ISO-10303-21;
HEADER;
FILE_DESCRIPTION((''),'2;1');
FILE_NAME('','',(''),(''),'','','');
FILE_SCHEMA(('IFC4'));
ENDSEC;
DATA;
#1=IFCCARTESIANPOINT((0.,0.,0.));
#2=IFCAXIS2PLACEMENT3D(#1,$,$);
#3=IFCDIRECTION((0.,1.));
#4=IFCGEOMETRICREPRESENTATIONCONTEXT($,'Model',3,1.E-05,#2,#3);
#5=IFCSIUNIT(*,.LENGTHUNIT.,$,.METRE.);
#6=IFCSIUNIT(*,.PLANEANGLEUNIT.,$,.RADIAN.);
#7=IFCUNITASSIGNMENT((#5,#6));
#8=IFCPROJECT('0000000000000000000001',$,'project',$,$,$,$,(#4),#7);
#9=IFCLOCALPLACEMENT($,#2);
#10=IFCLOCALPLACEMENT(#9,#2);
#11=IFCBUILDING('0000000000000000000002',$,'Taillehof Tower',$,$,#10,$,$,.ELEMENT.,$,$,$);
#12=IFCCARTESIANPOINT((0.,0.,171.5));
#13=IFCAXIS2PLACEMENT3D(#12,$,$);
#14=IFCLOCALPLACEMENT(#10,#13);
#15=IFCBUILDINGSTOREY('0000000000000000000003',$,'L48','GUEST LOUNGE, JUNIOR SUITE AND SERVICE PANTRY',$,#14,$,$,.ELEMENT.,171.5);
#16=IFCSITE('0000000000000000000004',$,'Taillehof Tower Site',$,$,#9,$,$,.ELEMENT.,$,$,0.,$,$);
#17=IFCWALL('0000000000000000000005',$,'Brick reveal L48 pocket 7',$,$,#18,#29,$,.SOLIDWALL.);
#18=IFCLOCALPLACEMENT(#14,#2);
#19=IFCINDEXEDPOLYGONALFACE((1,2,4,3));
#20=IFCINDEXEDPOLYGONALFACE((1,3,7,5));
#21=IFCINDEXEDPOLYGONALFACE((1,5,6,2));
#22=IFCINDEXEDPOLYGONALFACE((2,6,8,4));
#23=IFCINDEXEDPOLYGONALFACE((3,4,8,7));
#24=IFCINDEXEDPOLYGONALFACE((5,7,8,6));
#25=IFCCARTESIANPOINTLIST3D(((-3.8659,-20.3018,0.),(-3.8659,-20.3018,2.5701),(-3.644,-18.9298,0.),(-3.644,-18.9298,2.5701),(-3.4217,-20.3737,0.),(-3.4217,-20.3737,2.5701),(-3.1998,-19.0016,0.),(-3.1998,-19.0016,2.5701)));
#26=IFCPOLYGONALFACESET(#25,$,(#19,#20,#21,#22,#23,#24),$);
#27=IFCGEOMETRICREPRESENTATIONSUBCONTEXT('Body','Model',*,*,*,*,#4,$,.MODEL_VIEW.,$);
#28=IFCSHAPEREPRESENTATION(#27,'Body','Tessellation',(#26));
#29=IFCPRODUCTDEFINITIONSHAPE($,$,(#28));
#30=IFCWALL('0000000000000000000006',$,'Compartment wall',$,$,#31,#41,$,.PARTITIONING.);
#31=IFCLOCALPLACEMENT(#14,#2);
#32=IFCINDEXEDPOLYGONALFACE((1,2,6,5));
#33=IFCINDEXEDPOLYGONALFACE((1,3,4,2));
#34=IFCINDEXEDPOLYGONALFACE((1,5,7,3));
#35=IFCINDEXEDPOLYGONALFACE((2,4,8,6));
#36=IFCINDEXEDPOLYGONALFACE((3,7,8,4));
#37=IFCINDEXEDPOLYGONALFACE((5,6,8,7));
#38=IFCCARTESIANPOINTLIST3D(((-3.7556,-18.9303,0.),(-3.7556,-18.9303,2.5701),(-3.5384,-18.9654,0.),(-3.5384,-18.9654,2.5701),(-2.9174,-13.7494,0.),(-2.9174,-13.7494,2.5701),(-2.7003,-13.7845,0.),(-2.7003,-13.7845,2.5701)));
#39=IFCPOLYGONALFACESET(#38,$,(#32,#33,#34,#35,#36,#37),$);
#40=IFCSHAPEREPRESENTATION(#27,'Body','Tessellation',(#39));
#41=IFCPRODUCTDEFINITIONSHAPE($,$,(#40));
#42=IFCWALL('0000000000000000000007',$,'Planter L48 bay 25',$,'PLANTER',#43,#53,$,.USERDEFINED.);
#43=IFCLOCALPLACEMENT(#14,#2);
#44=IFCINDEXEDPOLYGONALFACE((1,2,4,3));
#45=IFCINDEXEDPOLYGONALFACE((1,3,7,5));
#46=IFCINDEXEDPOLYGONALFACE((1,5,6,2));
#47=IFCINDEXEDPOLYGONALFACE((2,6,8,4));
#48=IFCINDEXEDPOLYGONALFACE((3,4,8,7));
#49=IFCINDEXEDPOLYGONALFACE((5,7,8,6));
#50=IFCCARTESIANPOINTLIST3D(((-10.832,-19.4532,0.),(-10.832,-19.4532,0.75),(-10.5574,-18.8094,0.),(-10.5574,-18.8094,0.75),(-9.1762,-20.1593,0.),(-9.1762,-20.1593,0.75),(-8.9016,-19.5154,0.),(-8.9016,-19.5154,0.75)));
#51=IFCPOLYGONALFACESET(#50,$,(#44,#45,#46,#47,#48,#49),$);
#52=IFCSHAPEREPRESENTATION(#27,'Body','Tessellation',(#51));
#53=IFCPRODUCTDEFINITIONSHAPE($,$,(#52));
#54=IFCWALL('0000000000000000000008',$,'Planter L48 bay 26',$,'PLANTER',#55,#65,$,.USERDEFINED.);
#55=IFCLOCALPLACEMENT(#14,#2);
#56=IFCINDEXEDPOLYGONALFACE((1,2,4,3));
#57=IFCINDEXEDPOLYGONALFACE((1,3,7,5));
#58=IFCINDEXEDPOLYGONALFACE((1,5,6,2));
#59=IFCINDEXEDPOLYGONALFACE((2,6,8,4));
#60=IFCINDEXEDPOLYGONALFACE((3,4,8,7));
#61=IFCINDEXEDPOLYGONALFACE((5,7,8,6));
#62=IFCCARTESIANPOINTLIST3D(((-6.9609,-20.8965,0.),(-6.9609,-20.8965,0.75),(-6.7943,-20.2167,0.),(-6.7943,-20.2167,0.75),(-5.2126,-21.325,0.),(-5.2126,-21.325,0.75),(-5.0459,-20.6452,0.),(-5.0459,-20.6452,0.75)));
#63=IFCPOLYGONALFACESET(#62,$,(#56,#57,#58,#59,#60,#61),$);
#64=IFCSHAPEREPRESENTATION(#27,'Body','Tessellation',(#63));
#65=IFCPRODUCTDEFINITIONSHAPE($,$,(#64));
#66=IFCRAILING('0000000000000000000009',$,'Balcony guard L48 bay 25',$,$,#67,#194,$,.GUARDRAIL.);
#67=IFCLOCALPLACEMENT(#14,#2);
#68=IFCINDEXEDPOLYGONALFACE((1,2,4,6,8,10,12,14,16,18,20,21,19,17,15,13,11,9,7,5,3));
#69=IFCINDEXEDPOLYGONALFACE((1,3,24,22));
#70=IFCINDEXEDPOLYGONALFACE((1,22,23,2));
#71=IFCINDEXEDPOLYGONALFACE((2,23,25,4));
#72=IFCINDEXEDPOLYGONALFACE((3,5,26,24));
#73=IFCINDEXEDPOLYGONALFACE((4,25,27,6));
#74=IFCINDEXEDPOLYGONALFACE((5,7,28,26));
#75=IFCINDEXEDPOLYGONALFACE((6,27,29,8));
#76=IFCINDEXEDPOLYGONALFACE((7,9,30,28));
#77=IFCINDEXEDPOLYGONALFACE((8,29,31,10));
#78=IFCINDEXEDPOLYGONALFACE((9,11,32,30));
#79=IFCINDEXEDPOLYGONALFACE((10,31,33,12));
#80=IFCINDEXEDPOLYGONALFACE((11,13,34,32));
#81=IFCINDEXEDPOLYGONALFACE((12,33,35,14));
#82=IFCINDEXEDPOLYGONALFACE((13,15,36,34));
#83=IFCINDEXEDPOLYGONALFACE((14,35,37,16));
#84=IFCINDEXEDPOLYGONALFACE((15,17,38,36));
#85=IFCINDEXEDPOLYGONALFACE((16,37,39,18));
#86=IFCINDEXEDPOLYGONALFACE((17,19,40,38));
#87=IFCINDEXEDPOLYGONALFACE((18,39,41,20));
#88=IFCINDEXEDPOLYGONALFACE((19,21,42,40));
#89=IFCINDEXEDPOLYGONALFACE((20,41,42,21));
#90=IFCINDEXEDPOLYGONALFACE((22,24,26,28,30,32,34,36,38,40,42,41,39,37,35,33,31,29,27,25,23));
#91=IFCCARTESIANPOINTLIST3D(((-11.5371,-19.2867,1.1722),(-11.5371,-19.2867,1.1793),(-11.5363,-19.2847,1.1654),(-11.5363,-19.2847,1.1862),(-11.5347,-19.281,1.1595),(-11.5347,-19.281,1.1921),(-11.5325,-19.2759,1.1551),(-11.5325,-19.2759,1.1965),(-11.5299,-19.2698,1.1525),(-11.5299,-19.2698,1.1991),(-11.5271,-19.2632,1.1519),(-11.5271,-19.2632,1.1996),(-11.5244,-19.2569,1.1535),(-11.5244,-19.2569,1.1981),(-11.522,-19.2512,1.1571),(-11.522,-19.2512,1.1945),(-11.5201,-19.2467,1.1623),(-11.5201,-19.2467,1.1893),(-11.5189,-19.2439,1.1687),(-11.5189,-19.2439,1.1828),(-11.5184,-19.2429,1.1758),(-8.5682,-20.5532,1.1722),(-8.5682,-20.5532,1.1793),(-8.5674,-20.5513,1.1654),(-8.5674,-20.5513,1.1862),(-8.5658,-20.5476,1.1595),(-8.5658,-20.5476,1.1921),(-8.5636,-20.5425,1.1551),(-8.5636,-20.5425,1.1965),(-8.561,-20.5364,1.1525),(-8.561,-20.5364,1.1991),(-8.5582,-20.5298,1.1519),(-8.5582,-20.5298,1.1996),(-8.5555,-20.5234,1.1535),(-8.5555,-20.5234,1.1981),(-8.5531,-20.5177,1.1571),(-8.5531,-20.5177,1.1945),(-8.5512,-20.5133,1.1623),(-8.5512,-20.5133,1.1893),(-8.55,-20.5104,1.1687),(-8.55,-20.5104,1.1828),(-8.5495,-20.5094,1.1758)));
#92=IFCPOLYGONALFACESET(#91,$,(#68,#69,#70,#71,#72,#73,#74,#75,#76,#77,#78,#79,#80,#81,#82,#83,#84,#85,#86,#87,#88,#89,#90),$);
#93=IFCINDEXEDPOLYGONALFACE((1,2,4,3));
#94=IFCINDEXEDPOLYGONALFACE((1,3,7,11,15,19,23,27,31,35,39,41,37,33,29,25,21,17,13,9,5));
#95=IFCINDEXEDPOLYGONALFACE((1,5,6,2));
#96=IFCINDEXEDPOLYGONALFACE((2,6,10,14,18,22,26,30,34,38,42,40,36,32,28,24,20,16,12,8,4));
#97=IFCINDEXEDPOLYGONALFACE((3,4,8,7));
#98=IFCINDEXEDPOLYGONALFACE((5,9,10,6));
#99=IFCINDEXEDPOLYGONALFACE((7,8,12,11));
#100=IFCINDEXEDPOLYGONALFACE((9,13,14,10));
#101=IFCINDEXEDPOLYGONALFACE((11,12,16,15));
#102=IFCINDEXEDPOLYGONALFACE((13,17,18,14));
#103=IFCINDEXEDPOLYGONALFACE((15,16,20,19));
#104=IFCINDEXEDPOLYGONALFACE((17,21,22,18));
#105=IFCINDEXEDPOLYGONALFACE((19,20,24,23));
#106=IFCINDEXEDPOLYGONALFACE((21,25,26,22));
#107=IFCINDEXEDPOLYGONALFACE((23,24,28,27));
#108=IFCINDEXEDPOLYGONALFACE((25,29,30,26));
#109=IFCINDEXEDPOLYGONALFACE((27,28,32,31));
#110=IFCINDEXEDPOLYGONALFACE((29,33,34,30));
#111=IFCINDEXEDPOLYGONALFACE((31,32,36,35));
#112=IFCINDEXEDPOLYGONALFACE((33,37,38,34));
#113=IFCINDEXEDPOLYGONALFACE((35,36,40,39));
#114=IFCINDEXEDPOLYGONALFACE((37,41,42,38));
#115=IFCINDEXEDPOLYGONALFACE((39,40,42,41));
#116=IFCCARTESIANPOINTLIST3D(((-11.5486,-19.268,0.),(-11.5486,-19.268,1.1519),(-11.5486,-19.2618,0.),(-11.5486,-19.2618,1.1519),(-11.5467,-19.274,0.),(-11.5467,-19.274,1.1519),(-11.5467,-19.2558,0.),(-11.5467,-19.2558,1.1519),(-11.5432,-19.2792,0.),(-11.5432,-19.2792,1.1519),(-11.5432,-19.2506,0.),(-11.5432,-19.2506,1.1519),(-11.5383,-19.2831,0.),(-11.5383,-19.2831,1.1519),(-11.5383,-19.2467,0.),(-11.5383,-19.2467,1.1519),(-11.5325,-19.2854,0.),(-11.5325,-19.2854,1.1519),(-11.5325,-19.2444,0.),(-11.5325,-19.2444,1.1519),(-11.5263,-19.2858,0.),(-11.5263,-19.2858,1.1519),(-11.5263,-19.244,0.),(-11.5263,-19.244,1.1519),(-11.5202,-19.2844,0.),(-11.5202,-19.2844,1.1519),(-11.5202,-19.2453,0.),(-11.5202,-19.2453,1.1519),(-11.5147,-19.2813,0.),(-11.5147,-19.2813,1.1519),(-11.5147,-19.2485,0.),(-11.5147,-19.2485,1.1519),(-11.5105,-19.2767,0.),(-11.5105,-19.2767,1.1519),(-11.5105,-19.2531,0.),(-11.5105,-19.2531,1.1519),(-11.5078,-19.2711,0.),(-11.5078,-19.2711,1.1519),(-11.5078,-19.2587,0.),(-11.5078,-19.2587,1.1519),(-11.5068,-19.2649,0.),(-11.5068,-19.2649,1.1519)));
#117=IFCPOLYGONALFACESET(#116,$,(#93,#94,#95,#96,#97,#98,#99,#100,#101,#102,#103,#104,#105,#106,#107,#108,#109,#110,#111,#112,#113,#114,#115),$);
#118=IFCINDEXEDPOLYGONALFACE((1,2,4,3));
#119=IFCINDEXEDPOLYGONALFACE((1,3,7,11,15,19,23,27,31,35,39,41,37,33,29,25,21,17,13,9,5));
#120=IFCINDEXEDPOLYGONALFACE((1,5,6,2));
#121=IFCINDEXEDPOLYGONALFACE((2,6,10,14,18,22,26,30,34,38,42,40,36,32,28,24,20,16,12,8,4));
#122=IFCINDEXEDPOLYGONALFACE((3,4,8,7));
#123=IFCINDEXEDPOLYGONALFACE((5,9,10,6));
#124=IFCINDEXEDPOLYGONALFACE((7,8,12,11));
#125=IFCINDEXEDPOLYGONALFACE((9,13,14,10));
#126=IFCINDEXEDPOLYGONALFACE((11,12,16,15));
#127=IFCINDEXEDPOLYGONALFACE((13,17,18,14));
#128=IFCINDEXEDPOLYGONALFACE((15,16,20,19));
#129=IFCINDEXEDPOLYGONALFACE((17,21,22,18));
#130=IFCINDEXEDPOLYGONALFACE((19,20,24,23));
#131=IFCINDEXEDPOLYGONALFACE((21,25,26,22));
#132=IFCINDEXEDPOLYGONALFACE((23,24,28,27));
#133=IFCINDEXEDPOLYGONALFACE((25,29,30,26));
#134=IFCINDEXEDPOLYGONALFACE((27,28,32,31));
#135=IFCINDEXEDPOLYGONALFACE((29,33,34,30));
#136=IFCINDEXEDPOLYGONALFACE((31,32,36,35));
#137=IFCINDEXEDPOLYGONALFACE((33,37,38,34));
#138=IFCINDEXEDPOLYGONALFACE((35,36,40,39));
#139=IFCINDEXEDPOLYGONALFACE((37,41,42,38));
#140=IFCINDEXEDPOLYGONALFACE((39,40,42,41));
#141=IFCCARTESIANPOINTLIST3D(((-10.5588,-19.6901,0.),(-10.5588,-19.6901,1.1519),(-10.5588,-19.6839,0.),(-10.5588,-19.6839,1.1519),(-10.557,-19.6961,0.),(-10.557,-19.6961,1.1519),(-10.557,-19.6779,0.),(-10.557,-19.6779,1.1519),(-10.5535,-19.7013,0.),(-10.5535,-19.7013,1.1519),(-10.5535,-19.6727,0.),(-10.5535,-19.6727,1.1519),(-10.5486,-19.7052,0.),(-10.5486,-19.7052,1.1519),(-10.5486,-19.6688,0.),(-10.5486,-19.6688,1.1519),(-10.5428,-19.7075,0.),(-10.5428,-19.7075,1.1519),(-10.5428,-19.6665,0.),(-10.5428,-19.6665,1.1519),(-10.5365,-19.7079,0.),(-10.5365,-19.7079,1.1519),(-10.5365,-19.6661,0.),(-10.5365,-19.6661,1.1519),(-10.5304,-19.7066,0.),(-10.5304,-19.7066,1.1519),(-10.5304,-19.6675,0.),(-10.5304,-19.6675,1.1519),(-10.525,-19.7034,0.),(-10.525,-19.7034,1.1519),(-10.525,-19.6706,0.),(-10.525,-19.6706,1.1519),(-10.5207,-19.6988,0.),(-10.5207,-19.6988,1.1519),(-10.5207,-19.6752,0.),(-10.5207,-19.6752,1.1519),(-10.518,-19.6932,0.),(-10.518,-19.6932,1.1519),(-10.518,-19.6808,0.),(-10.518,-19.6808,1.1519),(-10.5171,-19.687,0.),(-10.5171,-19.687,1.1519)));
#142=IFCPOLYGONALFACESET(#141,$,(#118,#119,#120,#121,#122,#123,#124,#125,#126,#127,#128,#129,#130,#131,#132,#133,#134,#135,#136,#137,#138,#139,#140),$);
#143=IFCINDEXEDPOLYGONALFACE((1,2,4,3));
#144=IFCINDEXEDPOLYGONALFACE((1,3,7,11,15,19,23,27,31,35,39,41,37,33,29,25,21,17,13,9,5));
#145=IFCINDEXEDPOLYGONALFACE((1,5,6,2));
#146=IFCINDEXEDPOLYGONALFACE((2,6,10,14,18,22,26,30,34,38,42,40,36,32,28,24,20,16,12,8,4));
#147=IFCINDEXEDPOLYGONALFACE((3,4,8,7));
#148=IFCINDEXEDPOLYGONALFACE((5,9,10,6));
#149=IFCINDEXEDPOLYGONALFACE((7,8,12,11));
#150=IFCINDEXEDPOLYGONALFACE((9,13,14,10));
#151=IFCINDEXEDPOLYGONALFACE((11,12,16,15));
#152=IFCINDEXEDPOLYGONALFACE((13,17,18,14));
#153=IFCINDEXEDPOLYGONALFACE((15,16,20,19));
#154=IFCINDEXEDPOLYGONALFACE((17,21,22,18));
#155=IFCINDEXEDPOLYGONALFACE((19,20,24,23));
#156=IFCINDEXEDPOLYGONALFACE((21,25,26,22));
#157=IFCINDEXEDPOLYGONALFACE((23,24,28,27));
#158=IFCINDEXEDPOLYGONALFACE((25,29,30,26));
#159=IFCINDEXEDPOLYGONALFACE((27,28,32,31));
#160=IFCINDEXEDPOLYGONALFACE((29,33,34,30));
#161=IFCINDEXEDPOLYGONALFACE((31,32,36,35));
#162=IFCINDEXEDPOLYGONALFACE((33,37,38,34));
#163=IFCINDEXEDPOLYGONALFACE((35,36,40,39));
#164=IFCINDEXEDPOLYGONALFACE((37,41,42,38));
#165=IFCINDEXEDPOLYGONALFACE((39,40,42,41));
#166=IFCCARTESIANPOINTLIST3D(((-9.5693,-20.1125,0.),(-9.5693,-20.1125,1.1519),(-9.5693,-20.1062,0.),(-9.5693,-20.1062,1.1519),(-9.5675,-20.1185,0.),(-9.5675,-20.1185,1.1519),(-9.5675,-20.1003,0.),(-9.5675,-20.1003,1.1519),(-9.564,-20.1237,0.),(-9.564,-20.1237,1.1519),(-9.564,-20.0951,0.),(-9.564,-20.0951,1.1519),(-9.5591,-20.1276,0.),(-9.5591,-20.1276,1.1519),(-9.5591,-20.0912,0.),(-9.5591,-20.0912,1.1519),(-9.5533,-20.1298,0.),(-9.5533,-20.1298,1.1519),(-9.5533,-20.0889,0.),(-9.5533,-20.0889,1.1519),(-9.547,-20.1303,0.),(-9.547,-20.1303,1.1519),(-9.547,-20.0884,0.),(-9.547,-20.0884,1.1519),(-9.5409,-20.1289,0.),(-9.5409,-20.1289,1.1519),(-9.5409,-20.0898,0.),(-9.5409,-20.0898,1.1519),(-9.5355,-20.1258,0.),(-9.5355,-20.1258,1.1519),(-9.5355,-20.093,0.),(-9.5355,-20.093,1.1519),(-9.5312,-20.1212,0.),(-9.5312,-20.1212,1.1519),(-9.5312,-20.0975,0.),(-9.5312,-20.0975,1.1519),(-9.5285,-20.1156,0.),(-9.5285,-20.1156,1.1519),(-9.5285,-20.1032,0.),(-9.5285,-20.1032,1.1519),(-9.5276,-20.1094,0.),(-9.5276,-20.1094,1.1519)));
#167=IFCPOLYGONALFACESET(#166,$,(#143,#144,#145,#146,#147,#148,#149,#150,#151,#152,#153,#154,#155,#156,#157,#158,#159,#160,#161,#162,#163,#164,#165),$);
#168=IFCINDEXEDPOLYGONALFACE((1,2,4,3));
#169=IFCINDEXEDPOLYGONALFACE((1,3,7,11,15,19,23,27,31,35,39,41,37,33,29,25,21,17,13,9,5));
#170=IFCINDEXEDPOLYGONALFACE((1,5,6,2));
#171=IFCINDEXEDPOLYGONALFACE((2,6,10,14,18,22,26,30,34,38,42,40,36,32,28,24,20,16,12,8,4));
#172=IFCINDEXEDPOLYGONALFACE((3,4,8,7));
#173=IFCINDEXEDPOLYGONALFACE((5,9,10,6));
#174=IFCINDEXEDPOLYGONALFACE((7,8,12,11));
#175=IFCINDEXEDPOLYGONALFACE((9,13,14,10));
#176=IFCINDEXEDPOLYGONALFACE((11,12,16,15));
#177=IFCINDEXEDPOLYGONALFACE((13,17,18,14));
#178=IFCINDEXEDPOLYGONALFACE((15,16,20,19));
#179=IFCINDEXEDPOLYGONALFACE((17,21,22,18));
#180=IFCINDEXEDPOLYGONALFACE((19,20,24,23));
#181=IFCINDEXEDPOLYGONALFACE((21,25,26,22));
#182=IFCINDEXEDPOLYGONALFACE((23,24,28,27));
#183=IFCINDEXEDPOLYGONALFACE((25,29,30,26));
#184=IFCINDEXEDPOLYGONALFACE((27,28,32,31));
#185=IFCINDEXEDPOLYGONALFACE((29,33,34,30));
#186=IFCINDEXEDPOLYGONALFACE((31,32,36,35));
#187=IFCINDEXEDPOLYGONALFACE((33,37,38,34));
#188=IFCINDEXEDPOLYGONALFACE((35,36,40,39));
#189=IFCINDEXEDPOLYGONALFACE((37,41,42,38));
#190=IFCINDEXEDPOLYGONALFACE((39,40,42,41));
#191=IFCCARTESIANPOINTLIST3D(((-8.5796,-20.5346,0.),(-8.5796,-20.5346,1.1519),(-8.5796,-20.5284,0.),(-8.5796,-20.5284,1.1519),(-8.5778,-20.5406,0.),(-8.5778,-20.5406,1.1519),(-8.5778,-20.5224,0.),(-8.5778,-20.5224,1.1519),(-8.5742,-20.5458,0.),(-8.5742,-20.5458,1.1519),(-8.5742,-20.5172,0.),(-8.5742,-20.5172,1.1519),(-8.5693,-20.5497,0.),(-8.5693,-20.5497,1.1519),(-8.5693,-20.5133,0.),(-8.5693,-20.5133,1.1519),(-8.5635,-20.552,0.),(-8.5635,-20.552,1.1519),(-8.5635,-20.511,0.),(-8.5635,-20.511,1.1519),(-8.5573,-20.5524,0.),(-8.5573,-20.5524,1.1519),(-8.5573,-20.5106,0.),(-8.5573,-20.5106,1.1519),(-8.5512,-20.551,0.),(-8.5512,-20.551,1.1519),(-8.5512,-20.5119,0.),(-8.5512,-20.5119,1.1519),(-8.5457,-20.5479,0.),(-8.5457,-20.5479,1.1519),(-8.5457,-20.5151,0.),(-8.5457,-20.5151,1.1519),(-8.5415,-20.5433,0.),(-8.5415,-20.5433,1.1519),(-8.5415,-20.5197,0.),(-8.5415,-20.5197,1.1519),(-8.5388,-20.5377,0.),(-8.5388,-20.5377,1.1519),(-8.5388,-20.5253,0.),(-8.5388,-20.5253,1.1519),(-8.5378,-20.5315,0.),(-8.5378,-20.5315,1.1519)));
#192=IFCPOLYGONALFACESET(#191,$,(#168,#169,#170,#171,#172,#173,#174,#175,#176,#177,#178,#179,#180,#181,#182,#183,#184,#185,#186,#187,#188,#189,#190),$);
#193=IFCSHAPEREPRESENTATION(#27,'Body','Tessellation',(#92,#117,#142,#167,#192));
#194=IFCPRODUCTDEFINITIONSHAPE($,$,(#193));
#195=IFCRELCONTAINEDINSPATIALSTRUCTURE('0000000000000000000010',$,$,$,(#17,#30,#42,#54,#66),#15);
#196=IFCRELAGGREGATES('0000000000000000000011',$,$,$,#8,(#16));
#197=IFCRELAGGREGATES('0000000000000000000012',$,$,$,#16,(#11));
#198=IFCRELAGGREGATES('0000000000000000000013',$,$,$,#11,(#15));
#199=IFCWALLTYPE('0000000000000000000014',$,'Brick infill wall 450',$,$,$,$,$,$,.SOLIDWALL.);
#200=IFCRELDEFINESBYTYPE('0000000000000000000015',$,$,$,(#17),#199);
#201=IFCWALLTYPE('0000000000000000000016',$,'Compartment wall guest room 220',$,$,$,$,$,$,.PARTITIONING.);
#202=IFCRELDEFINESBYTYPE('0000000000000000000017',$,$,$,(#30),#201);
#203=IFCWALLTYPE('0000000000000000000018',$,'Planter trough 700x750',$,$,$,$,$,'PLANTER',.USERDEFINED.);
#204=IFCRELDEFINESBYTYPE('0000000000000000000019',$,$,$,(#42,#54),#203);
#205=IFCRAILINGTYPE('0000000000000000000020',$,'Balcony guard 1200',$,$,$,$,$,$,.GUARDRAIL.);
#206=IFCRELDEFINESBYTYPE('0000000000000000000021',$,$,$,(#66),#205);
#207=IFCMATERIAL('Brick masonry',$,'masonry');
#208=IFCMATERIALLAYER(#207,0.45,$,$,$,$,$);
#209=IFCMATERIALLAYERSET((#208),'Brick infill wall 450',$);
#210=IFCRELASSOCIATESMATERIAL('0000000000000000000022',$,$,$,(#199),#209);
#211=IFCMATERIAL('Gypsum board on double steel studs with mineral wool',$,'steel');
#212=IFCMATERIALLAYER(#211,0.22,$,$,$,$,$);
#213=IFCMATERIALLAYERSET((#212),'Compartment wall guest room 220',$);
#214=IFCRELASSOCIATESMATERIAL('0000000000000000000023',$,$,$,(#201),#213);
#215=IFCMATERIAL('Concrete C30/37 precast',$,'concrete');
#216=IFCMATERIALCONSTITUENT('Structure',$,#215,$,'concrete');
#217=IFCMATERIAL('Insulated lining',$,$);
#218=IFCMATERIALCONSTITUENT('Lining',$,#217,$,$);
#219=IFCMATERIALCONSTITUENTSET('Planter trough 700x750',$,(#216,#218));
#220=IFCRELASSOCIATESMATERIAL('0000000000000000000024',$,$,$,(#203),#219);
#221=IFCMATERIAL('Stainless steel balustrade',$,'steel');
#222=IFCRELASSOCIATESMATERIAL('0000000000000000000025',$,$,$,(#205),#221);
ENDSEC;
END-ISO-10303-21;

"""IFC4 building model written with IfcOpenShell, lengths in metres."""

from ifc_helpers import new_model, si_unit, direction, frame, frame_2d, origin, origin_2d, place, context, subcontext, project, spatial, rectangle, circle, extrude, material, layer, layer_set, constituent, constituent_set, type_object, element, save


model = new_model("IFC4")

# Units and contexts
model_context = context("Model", 3, precision=1e-05, world=origin(), true_north=direction((0.0, 1.0)))
body_context = subcontext(model_context, "Body", "Model", "MODEL_VIEW")
ifc_project = project(units=[si_unit("LENGTHUNIT", "METRE"), si_unit("PLANEANGLEUNIT", "RADIAN")], contexts=[model_context])

# Site, building, storey
site_placement = place(None, origin())
site = spatial("IfcSite", under=ifc_project, at=site_placement, Name="Taillehof Tower Site", CompositionType="ELEMENT", RefElevation=0.0)
building_placement = place(site_placement, origin())
building = spatial("IfcBuilding", under=site, at=building_placement, Name="Taillehof Tower", CompositionType="ELEMENT")
storey_placement = place(building_placement, frame((0.0, 0.0, 171.5)))
storey = spatial("IfcBuildingStorey", under=building, at=storey_placement, Name="L48", Description="GUEST LOUNGE, JUNIOR SUITE AND SERVICE PANTRY", CompositionType="ELEMENT", Elevation=171.5)

# Shared definitions
ifc_material_1 = material(Name="Brick masonry", Category="masonry")
ifc_layer_1 = layer(ifc_material_1, 0.45)
ifc_layer_set_1 = layer_set([ifc_layer_1], Name="Brick infill wall 450")
wall_type_1 = type_object("IfcWallType", Name="Brick infill wall 450", PredefinedType="SOLIDWALL", material=ifc_layer_set_1)

# Wall
wall_1_placement = place(storey_placement, frame((-3.6438, -20.3376, 0.0), z_axis=(0.0, 0.0, 1.0), x_axis=(0.159669, 0.987171, 0.0)))
element("IfcWall", 1, at=wall_1_placement, inside=storey, type_object=wall_type_1, Name="Brick reveal L48 pocket 7", PredefinedType="SOLIDWALL", context=body_context, shape_type="SweptSolid", body=[
    extrude(rectangle(XDim=1.3899, YDim=0.45, at=frame_2d((0.6948, 0.0))), origin(), (0.0, 0.0, 1.0), 2.5701),
])

# Walls
ifc_material_2 = material(Name="Gypsum board on double steel studs with mineral wool", Category="steel")
ifc_layer_2 = layer(ifc_material_2, 0.22)
ifc_layer_set_2 = layer_set([ifc_layer_2], Name="Compartment wall guest room 220")
wall_type_2 = type_object("IfcWallType", Name="Compartment wall guest room 220", PredefinedType="PARTITIONING", material=ifc_layer_set_2)
wall_2_placement = place(storey_placement, frame((-3.647, -18.9478, 0.0), z_axis=(0.0, 0.0, 1.0), x_axis=(0.159698, 0.987166, 0.0)))
element("IfcWall", 2, at=wall_2_placement, inside=storey, type_object=wall_type_2, Name="Compartment wall", PredefinedType="PARTITIONING", context=body_context, shape_type="SweptSolid", body=[
    extrude(rectangle(XDim=5.2483, YDim=0.22, at=frame_2d((2.624, 0.0))), origin(), (0.0, 0.0, 1.0), 2.5701),
])
ifc_material_3 = material(Name="Concrete C30/37 precast", Category="concrete")
ifc_constituent_1 = constituent(ifc_material_3, Name="Structure", Category="concrete")
ifc_material_4 = material(Name="Insulated lining")
ifc_constituent_2 = constituent(ifc_material_4, Name="Lining")
ifc_constituent_set = constituent_set(constituents=[ifc_constituent_1, ifc_constituent_2], Name="Planter trough 700x750")
wall_type_3 = type_object("IfcWallType", Name="Planter trough 700x750", ElementType="PLANTER", PredefinedType="USERDEFINED", material=ifc_constituent_set)
for number, where, z_axis, x_axis, name in (
    (3, (-10.6946, -19.1313, 0.0), (0.0, 0.0, 1.0), (0.919859, -0.392249, 0.0), "Planter L48 bay 25"),
    (4, (-6.8774, -20.5566, 0.0), (0.0, 0.0, 1.0), (0.971257, -0.238033, 0.0), "Planter L48 bay 26"),
):
    element("IfcWall", number, at=place(storey_placement, frame(where, z_axis=z_axis, x_axis=x_axis)), inside=storey, type_object=wall_type_3, Name=name, ObjectType="PLANTER", PredefinedType="USERDEFINED", context=body_context, shape_type="SweptSolid", body=[
        extrude(rectangle(XDim=1.8, YDim=0.7, at=frame_2d((0.8999, 0.0))), origin(), (0.0, 0.0, 1.0), 0.75),
    ])

# Railing
ifc_material_5 = material(Name="Stainless steel balustrade", Category="steel")
railing_type = type_object("IfcRailingType", Name="Balcony guard 1200", PredefinedType="GUARDRAIL", material=ifc_material_5)
railing_1_placement = place(storey_placement, frame((-11.5278, -19.2649, 0.0)))
element("IfcRailing", 5, at=railing_1_placement, inside=storey, type_object=railing_type, Name="Balcony guard L48 bay 25", PredefinedType="GUARDRAIL", context=body_context, shape_type="SweptSolid", body=[
    extrude(circle(Radius=0.0239, at=origin_2d()), frame((0.0, 0.0, 1.1758), z_axis=(0.919797, -0.392394, 0.0), x_axis=(0.392394, 0.919797, 0.0)), (0.0, 0.0, 1.0), 3.2278),
    extrude(circle(Radius=0.021, at=origin_2d()), origin(), (0.0, 0.0, 1.0), 1.1519),
    extrude(circle(Radius=0.021, at=origin_2d()), frame((0.9897, -0.4221, 0.0)), (0.0, 0.0, 1.0), 1.1519),
    extrude(circle(Radius=0.021, at=origin_2d()), frame((1.9792, -0.8445, 0.0)), (0.0, 0.0, 1.0), 1.1519),
    extrude(circle(Radius=0.021, at=origin_2d()), frame((2.969, -1.2666, 0.0)), (0.0, 0.0, 1.0), 1.1519),
])

save(model, "model.ifc")
